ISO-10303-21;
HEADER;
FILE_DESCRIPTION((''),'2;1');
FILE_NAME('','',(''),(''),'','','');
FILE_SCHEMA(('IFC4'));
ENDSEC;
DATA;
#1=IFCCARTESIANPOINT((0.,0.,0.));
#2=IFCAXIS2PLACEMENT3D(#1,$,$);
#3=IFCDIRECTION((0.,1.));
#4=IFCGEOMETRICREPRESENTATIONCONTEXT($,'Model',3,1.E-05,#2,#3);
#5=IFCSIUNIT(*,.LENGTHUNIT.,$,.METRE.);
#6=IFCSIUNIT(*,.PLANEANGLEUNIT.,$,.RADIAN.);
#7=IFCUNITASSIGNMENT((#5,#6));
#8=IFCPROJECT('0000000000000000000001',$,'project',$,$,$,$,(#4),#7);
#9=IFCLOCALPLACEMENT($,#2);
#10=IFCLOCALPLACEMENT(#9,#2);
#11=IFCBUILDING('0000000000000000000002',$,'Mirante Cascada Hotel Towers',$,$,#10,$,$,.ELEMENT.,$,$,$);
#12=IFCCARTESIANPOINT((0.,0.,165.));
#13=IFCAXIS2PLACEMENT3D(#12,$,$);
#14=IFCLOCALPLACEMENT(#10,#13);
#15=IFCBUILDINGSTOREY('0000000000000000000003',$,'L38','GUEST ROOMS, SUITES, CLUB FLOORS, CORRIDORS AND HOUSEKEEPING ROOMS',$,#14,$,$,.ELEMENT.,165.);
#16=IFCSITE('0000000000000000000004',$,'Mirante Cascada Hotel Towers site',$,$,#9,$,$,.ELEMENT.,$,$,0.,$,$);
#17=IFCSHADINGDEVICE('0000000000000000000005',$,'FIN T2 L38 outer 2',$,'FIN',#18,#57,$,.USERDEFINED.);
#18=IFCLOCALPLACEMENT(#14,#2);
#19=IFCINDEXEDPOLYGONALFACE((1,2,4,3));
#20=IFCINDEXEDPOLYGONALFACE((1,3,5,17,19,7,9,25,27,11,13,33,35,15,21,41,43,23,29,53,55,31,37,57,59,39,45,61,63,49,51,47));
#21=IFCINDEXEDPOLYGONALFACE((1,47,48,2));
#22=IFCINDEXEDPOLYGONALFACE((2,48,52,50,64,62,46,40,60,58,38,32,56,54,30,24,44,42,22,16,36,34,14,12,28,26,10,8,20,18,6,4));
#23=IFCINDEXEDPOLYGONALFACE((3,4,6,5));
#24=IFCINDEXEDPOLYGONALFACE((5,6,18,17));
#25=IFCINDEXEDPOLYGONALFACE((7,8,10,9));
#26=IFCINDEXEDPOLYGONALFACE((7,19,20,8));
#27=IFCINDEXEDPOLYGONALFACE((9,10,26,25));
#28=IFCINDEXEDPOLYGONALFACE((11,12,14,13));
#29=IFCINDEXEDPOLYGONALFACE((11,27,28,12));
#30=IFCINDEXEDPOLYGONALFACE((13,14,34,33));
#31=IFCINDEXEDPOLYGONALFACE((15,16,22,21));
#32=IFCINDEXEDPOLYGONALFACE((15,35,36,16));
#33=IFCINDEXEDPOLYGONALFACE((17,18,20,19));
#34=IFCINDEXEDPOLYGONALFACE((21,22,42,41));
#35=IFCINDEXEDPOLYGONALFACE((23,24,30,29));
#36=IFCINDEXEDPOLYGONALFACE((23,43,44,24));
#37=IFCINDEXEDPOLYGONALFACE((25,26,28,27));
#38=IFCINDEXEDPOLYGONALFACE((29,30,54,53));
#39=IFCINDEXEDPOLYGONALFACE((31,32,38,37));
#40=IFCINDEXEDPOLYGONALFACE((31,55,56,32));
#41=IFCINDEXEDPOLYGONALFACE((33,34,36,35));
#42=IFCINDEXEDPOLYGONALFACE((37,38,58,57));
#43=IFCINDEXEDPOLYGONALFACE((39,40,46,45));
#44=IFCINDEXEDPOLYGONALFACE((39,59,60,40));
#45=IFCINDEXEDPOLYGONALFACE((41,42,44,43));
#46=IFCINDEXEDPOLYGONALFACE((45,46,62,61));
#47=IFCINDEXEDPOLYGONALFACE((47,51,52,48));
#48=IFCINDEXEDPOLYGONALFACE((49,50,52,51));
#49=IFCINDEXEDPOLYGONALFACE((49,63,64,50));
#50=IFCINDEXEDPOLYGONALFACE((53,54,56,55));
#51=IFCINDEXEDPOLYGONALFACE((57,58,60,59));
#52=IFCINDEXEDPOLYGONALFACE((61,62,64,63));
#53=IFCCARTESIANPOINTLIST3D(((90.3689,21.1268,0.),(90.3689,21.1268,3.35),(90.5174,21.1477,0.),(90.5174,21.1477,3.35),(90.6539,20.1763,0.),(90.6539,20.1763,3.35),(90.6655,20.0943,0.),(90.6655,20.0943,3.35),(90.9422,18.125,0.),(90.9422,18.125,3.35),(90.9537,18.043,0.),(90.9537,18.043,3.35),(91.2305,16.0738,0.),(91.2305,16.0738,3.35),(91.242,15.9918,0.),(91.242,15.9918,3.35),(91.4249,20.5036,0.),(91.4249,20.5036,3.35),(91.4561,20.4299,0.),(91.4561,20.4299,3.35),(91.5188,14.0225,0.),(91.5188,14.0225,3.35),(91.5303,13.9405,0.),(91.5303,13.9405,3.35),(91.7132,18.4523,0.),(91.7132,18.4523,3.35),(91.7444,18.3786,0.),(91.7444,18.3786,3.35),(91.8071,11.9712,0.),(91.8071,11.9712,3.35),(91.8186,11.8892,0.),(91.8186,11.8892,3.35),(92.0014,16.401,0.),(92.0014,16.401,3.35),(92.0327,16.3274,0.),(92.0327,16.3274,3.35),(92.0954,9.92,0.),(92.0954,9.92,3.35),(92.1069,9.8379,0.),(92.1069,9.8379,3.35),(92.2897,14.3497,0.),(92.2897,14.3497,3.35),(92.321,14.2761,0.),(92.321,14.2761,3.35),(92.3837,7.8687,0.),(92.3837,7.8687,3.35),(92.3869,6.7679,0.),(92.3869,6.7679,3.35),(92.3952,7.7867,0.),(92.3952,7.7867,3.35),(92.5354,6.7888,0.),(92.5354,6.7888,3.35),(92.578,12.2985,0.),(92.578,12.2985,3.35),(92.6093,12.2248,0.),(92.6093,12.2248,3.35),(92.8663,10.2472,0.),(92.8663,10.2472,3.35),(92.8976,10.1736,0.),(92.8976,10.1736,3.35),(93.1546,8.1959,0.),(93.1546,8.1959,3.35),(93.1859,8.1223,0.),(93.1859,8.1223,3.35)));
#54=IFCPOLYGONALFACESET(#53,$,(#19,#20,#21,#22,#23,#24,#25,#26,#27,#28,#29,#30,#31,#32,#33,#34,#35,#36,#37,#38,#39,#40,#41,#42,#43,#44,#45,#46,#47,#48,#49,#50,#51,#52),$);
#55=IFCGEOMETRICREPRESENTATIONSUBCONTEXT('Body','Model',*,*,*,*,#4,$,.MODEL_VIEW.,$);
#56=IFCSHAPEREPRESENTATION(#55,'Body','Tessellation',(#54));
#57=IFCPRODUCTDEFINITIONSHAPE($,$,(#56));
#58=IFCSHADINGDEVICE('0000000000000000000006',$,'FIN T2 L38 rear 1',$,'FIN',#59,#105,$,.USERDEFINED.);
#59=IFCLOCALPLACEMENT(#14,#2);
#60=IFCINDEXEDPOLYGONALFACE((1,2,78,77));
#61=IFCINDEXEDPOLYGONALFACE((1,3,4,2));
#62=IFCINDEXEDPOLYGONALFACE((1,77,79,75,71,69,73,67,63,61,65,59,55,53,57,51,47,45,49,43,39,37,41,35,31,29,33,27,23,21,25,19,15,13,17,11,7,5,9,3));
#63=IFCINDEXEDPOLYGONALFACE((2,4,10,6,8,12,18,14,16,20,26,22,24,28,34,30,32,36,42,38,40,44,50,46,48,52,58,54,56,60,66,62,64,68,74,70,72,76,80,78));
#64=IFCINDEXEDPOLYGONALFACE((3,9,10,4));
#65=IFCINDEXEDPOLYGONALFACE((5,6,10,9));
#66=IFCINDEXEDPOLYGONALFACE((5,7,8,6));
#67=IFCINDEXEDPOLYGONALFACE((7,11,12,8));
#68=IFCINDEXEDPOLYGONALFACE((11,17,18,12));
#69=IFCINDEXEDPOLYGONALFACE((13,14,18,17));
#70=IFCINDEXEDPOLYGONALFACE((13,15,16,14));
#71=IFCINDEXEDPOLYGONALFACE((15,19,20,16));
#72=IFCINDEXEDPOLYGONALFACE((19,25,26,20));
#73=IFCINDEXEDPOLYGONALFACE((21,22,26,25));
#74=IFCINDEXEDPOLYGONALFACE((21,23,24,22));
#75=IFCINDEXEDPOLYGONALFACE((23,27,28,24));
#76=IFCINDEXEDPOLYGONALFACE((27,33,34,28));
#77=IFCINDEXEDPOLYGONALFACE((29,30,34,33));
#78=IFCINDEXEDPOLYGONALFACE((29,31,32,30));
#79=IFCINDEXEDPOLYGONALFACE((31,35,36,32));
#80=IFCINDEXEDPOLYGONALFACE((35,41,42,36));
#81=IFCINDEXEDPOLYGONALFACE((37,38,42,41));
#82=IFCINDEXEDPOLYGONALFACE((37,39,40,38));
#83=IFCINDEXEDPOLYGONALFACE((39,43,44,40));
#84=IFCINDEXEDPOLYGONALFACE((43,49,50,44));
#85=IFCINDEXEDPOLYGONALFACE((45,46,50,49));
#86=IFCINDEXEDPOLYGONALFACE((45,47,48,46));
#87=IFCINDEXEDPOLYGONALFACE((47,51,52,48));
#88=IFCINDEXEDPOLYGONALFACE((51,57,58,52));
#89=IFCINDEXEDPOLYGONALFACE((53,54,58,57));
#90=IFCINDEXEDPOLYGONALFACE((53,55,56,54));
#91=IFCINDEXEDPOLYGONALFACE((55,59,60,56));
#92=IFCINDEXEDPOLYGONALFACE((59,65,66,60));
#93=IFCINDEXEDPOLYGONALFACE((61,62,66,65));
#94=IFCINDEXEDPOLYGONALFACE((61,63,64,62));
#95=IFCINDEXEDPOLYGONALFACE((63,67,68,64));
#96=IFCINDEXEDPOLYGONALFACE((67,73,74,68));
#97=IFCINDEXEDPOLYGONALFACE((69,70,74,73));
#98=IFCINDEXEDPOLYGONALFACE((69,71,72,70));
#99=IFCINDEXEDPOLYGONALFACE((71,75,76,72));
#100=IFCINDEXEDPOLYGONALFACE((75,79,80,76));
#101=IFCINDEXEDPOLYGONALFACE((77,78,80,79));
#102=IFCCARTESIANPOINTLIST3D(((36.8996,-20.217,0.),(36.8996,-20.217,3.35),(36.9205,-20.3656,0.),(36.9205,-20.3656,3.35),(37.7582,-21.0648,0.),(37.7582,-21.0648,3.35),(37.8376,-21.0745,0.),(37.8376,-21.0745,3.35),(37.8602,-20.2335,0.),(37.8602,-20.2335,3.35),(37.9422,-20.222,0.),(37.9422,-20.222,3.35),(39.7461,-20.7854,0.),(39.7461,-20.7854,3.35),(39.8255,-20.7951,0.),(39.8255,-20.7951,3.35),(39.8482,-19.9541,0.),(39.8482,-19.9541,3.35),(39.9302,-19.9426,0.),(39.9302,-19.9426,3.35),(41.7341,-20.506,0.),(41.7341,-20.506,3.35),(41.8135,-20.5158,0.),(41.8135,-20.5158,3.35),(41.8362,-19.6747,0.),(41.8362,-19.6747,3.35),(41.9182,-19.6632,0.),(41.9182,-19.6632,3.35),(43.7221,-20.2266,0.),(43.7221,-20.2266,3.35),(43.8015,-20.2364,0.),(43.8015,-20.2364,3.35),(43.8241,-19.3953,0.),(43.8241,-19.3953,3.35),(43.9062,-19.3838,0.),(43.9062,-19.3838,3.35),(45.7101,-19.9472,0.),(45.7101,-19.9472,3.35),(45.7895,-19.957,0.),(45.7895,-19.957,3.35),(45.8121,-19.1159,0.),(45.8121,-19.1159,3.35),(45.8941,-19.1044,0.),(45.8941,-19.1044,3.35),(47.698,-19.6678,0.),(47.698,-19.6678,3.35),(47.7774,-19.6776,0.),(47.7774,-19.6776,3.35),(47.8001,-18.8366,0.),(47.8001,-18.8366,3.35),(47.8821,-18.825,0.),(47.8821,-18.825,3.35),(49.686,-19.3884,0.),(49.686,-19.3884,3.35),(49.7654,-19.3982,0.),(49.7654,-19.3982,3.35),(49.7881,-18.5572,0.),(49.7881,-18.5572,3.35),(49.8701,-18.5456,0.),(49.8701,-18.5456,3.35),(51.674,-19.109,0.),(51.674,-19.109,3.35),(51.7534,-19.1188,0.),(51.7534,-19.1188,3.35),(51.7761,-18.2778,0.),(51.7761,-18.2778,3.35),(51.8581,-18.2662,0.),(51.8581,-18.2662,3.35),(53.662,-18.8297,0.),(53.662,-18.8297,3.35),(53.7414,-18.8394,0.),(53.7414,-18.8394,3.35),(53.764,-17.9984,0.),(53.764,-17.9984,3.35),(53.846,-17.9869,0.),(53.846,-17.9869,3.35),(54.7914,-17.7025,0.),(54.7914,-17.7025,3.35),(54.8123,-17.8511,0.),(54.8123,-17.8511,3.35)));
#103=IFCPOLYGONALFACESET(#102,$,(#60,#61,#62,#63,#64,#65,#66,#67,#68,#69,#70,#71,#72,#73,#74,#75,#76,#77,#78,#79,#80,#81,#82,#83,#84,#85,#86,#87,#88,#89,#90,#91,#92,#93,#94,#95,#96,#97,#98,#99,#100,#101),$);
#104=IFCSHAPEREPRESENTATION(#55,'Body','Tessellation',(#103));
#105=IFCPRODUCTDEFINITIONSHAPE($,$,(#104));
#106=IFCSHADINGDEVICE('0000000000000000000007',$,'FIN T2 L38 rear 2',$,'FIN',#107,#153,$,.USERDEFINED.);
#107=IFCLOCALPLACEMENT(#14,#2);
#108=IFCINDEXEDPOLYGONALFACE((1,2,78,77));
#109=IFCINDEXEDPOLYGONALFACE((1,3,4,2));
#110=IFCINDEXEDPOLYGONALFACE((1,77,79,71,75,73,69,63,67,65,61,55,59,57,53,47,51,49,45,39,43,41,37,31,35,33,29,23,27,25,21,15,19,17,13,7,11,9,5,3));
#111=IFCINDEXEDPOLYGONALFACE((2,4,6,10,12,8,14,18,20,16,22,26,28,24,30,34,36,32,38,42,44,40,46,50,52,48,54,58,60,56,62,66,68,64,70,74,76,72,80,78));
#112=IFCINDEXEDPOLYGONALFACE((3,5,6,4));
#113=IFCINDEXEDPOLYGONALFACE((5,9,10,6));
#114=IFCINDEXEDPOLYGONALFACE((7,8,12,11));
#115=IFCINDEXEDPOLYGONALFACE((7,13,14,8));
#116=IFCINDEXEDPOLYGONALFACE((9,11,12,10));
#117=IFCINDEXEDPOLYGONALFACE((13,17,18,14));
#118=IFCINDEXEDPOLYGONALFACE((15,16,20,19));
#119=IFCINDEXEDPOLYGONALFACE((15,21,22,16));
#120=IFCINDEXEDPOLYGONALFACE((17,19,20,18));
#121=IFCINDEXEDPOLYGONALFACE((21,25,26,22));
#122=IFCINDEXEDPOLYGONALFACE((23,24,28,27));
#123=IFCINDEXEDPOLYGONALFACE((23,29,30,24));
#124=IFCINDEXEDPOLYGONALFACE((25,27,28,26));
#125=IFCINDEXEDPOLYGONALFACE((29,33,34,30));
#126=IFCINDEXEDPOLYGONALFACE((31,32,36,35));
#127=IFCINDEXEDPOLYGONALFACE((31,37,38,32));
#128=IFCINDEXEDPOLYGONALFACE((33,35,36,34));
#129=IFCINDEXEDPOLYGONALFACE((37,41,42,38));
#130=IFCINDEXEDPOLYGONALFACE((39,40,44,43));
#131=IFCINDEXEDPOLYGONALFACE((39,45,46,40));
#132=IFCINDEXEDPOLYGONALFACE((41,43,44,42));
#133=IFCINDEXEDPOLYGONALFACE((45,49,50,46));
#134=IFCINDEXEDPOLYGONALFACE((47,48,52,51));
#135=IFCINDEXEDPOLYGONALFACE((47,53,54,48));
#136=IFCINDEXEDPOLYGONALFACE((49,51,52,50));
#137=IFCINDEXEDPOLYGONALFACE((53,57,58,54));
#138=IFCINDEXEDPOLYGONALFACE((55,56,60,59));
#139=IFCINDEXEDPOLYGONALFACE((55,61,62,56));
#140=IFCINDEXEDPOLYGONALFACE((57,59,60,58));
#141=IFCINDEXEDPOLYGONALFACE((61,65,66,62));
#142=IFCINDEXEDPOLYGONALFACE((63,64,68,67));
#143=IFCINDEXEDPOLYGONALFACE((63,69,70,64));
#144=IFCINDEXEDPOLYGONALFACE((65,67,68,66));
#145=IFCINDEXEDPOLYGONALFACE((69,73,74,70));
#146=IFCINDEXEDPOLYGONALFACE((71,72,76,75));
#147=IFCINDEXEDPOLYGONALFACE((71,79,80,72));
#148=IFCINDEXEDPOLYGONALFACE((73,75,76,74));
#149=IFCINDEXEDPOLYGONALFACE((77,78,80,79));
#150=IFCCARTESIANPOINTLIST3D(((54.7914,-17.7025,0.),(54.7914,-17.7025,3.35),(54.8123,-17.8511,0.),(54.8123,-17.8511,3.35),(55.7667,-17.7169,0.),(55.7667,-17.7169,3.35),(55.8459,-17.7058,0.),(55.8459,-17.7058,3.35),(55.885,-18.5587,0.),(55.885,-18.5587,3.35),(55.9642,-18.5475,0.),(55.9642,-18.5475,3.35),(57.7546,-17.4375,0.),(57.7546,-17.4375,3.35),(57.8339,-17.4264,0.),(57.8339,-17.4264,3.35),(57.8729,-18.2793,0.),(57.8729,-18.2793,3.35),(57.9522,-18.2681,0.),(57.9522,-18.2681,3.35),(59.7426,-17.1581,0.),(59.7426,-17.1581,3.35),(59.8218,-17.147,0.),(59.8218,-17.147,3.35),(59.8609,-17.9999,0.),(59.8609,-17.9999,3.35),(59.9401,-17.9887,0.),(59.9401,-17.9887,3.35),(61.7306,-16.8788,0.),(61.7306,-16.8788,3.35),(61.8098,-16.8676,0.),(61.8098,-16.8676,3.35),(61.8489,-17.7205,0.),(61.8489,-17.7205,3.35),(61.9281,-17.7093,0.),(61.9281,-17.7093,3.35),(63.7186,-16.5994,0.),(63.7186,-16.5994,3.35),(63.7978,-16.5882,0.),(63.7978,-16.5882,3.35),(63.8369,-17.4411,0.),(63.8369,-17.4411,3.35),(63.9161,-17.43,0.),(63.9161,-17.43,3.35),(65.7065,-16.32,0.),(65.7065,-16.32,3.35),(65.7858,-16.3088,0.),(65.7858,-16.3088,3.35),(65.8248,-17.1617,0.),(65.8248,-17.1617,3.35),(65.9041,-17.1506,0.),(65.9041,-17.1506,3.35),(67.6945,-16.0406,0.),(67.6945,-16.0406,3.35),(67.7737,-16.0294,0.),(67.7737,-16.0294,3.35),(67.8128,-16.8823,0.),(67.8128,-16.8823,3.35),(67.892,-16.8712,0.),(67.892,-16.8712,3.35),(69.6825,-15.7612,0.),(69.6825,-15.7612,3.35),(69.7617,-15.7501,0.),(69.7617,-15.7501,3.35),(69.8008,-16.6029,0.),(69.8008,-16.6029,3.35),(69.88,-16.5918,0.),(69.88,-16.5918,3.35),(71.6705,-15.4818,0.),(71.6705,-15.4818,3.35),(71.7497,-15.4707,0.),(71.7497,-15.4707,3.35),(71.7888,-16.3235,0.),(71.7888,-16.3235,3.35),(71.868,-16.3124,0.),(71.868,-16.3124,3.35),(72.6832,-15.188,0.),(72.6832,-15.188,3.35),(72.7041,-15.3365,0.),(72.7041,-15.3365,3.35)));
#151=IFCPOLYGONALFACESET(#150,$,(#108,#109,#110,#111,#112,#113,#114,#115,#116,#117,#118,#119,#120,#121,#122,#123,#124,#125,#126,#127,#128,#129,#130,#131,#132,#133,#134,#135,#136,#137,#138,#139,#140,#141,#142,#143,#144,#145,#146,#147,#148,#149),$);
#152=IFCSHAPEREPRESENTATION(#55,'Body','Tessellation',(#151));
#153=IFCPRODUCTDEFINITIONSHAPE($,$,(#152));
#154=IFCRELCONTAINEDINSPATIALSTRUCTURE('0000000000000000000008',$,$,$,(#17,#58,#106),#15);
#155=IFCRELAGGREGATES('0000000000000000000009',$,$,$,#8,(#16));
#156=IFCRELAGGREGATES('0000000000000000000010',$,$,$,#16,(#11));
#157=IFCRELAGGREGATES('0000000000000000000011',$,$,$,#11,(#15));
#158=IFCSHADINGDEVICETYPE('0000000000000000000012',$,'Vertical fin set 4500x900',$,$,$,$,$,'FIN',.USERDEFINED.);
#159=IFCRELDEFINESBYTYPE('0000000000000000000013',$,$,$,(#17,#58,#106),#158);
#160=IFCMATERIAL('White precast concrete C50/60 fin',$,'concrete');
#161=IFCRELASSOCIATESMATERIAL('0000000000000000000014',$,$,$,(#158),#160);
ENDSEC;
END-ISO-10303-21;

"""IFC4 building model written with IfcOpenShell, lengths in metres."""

from ifc_helpers import new_model, si_unit, direction, frame, origin, place, context, subcontext, project, spatial, polyline, outline, extrude, material, type_object, element, save


model = new_model("IFC4")

# Units and contexts
model_context = context("Model", 3, precision=1e-05, world=origin(), true_north=direction((0.0, 1.0)))
body_context = subcontext(model_context, "Body", "Model", "MODEL_VIEW")
ifc_project = project(units=[si_unit("LENGTHUNIT", "METRE"), si_unit("PLANEANGLEUNIT", "RADIAN")], contexts=[model_context])

# Site, building, storey
site_placement = place(None, origin())
site = spatial("IfcSite", under=ifc_project, at=site_placement, Name="Mirante Cascada Hotel Towers site", CompositionType="ELEMENT", RefElevation=0.0)
building_placement = place(site_placement, origin())
building = spatial("IfcBuilding", under=site, at=building_placement, Name="Mirante Cascada Hotel Towers", CompositionType="ELEMENT")
storey_placement = place(building_placement, frame((0.0, 0.0, 165.0)))
storey = spatial("IfcBuildingStorey", under=building, at=storey_placement, Name="L38", Description="GUEST ROOMS, SUITES, CLUB FLOORS, CORRIDORS AND HOUSEKEEPING ROOMS", CompositionType="ELEMENT", Elevation=165.0)

# Shading devices
ifc_material_1 = material(Name="White precast concrete C50/60 fin", Category="concrete")
shading_device_type = type_object("IfcShadingDeviceType", Name="Vertical fin set 4500x900", ElementType="FIN", PredefinedType="USERDEFINED", material=ifc_material_1)
shading_device_1_placement = place(storey_placement, origin())
element("IfcShadingDevice", 1, at=shading_device_1_placement, inside=storey, type_object=shading_device_type, Name="FIN T2 L38 outer 2", ObjectType="FIN", PredefinedType="USERDEFINED", context=body_context, shape_type="SweptSolid", body=[
    extrude(outline(polyline([(93.1859, 8.1223), (92.3952, 7.7867), (92.5354, 6.7888), (92.3869, 6.7679), (90.3689, 21.1268), (90.5174, 21.1477), (90.6539, 20.1763), (91.4249, 20.5036), (91.4561, 20.4299), (90.6655, 20.0943), (90.9422, 18.125), (91.7132, 18.4523), (91.7444, 18.3786), (90.9537, 18.043), (91.2305, 16.0738), (92.0014, 16.401), (92.0327, 16.3274), (91.242, 15.9918), (91.5188, 14.0225), (92.2897, 14.3497), (92.321, 14.2761), (91.5303, 13.9405), (91.8071, 11.9712), (92.578, 12.2985), (92.6093, 12.2248), (91.8186, 11.8892), (92.0954, 9.92), (92.8663, 10.2472), (92.8976, 10.1736), (92.1069, 9.8379), (92.3837, 7.8687), (93.1546, 8.1959), (93.1859, 8.1223)])), origin(), (0.0, 0.0, 1.0), 3.35),
])
shading_device_2_placement = place(storey_placement, origin())
element("IfcShadingDevice", 2, at=shading_device_2_placement, inside=storey, type_object=shading_device_type, Name="FIN T2 L38 rear 1", ObjectType="FIN", PredefinedType="USERDEFINED", context=body_context, shape_type="SweptSolid", body=[
    extrude(outline(polyline([(37.7582, -21.0648), (37.8602, -20.2335), (36.9205, -20.3656), (36.8996, -20.217), (54.7914, -17.7025), (54.8123, -17.8511), (53.846, -17.9869), (53.7414, -18.8394), (53.662, -18.8297), (53.764, -17.9984), (51.8581, -18.2662), (51.7534, -19.1188), (51.674, -19.109), (51.7761, -18.2778), (49.8701, -18.5456), (49.7654, -19.3982), (49.686, -19.3884), (49.7881, -18.5572), (47.8821, -18.825), (47.7774, -19.6776), (47.698, -19.6678), (47.8001, -18.8366), (45.8941, -19.1044), (45.7895, -19.957), (45.7101, -19.9472), (45.8121, -19.1159), (43.9062, -19.3838), (43.8015, -20.2364), (43.7221, -20.2266), (43.8241, -19.3953), (41.9182, -19.6632), (41.8135, -20.5158), (41.7341, -20.506), (41.8362, -19.6747), (39.9302, -19.9426), (39.8255, -20.7951), (39.7461, -20.7854), (39.8482, -19.9541), (37.9422, -20.222), (37.8376, -21.0745), (37.7582, -21.0648)])), origin(), (0.0, 0.0, 1.0), 3.35),
])
shading_device_3_placement = place(storey_placement, origin())
element("IfcShadingDevice", 3, at=shading_device_3_placement, inside=storey, type_object=shading_device_type, Name="FIN T2 L38 rear 2", ObjectType="FIN", PredefinedType="USERDEFINED", context=body_context, shape_type="SweptSolid", body=[
    extrude(outline(polyline([(55.885, -18.5587), (55.7667, -17.7169), (54.8123, -17.8511), (54.7914, -17.7025), (72.6832, -15.188), (72.7041, -15.3365), (71.7497, -15.4707), (71.868, -16.3124), (71.7888, -16.3235), (71.6705, -15.4818), (69.7617, -15.7501), (69.88, -16.5918), (69.8008, -16.6029), (69.6825, -15.7612), (67.7737, -16.0294), (67.892, -16.8712), (67.8128, -16.8823), (67.6945, -16.0406), (65.7858, -16.3088), (65.9041, -17.1506), (65.8248, -17.1617), (65.7065, -16.32), (63.7978, -16.5882), (63.9161, -17.43), (63.8369, -17.4411), (63.7186, -16.5994), (61.8098, -16.8676), (61.9281, -17.7093), (61.8489, -17.7205), (61.7306, -16.8788), (59.8218, -17.147), (59.9401, -17.9887), (59.8609, -17.9999), (59.7426, -17.1581), (57.8339, -17.4264), (57.9522, -18.2681), (57.8729, -18.2793), (57.7546, -17.4375), (55.8459, -17.7058), (55.9642, -18.5475), (55.885, -18.5587)])), origin(), (0.0, 0.0, 1.0), 3.35),
])

save(model, "model.ifc")
